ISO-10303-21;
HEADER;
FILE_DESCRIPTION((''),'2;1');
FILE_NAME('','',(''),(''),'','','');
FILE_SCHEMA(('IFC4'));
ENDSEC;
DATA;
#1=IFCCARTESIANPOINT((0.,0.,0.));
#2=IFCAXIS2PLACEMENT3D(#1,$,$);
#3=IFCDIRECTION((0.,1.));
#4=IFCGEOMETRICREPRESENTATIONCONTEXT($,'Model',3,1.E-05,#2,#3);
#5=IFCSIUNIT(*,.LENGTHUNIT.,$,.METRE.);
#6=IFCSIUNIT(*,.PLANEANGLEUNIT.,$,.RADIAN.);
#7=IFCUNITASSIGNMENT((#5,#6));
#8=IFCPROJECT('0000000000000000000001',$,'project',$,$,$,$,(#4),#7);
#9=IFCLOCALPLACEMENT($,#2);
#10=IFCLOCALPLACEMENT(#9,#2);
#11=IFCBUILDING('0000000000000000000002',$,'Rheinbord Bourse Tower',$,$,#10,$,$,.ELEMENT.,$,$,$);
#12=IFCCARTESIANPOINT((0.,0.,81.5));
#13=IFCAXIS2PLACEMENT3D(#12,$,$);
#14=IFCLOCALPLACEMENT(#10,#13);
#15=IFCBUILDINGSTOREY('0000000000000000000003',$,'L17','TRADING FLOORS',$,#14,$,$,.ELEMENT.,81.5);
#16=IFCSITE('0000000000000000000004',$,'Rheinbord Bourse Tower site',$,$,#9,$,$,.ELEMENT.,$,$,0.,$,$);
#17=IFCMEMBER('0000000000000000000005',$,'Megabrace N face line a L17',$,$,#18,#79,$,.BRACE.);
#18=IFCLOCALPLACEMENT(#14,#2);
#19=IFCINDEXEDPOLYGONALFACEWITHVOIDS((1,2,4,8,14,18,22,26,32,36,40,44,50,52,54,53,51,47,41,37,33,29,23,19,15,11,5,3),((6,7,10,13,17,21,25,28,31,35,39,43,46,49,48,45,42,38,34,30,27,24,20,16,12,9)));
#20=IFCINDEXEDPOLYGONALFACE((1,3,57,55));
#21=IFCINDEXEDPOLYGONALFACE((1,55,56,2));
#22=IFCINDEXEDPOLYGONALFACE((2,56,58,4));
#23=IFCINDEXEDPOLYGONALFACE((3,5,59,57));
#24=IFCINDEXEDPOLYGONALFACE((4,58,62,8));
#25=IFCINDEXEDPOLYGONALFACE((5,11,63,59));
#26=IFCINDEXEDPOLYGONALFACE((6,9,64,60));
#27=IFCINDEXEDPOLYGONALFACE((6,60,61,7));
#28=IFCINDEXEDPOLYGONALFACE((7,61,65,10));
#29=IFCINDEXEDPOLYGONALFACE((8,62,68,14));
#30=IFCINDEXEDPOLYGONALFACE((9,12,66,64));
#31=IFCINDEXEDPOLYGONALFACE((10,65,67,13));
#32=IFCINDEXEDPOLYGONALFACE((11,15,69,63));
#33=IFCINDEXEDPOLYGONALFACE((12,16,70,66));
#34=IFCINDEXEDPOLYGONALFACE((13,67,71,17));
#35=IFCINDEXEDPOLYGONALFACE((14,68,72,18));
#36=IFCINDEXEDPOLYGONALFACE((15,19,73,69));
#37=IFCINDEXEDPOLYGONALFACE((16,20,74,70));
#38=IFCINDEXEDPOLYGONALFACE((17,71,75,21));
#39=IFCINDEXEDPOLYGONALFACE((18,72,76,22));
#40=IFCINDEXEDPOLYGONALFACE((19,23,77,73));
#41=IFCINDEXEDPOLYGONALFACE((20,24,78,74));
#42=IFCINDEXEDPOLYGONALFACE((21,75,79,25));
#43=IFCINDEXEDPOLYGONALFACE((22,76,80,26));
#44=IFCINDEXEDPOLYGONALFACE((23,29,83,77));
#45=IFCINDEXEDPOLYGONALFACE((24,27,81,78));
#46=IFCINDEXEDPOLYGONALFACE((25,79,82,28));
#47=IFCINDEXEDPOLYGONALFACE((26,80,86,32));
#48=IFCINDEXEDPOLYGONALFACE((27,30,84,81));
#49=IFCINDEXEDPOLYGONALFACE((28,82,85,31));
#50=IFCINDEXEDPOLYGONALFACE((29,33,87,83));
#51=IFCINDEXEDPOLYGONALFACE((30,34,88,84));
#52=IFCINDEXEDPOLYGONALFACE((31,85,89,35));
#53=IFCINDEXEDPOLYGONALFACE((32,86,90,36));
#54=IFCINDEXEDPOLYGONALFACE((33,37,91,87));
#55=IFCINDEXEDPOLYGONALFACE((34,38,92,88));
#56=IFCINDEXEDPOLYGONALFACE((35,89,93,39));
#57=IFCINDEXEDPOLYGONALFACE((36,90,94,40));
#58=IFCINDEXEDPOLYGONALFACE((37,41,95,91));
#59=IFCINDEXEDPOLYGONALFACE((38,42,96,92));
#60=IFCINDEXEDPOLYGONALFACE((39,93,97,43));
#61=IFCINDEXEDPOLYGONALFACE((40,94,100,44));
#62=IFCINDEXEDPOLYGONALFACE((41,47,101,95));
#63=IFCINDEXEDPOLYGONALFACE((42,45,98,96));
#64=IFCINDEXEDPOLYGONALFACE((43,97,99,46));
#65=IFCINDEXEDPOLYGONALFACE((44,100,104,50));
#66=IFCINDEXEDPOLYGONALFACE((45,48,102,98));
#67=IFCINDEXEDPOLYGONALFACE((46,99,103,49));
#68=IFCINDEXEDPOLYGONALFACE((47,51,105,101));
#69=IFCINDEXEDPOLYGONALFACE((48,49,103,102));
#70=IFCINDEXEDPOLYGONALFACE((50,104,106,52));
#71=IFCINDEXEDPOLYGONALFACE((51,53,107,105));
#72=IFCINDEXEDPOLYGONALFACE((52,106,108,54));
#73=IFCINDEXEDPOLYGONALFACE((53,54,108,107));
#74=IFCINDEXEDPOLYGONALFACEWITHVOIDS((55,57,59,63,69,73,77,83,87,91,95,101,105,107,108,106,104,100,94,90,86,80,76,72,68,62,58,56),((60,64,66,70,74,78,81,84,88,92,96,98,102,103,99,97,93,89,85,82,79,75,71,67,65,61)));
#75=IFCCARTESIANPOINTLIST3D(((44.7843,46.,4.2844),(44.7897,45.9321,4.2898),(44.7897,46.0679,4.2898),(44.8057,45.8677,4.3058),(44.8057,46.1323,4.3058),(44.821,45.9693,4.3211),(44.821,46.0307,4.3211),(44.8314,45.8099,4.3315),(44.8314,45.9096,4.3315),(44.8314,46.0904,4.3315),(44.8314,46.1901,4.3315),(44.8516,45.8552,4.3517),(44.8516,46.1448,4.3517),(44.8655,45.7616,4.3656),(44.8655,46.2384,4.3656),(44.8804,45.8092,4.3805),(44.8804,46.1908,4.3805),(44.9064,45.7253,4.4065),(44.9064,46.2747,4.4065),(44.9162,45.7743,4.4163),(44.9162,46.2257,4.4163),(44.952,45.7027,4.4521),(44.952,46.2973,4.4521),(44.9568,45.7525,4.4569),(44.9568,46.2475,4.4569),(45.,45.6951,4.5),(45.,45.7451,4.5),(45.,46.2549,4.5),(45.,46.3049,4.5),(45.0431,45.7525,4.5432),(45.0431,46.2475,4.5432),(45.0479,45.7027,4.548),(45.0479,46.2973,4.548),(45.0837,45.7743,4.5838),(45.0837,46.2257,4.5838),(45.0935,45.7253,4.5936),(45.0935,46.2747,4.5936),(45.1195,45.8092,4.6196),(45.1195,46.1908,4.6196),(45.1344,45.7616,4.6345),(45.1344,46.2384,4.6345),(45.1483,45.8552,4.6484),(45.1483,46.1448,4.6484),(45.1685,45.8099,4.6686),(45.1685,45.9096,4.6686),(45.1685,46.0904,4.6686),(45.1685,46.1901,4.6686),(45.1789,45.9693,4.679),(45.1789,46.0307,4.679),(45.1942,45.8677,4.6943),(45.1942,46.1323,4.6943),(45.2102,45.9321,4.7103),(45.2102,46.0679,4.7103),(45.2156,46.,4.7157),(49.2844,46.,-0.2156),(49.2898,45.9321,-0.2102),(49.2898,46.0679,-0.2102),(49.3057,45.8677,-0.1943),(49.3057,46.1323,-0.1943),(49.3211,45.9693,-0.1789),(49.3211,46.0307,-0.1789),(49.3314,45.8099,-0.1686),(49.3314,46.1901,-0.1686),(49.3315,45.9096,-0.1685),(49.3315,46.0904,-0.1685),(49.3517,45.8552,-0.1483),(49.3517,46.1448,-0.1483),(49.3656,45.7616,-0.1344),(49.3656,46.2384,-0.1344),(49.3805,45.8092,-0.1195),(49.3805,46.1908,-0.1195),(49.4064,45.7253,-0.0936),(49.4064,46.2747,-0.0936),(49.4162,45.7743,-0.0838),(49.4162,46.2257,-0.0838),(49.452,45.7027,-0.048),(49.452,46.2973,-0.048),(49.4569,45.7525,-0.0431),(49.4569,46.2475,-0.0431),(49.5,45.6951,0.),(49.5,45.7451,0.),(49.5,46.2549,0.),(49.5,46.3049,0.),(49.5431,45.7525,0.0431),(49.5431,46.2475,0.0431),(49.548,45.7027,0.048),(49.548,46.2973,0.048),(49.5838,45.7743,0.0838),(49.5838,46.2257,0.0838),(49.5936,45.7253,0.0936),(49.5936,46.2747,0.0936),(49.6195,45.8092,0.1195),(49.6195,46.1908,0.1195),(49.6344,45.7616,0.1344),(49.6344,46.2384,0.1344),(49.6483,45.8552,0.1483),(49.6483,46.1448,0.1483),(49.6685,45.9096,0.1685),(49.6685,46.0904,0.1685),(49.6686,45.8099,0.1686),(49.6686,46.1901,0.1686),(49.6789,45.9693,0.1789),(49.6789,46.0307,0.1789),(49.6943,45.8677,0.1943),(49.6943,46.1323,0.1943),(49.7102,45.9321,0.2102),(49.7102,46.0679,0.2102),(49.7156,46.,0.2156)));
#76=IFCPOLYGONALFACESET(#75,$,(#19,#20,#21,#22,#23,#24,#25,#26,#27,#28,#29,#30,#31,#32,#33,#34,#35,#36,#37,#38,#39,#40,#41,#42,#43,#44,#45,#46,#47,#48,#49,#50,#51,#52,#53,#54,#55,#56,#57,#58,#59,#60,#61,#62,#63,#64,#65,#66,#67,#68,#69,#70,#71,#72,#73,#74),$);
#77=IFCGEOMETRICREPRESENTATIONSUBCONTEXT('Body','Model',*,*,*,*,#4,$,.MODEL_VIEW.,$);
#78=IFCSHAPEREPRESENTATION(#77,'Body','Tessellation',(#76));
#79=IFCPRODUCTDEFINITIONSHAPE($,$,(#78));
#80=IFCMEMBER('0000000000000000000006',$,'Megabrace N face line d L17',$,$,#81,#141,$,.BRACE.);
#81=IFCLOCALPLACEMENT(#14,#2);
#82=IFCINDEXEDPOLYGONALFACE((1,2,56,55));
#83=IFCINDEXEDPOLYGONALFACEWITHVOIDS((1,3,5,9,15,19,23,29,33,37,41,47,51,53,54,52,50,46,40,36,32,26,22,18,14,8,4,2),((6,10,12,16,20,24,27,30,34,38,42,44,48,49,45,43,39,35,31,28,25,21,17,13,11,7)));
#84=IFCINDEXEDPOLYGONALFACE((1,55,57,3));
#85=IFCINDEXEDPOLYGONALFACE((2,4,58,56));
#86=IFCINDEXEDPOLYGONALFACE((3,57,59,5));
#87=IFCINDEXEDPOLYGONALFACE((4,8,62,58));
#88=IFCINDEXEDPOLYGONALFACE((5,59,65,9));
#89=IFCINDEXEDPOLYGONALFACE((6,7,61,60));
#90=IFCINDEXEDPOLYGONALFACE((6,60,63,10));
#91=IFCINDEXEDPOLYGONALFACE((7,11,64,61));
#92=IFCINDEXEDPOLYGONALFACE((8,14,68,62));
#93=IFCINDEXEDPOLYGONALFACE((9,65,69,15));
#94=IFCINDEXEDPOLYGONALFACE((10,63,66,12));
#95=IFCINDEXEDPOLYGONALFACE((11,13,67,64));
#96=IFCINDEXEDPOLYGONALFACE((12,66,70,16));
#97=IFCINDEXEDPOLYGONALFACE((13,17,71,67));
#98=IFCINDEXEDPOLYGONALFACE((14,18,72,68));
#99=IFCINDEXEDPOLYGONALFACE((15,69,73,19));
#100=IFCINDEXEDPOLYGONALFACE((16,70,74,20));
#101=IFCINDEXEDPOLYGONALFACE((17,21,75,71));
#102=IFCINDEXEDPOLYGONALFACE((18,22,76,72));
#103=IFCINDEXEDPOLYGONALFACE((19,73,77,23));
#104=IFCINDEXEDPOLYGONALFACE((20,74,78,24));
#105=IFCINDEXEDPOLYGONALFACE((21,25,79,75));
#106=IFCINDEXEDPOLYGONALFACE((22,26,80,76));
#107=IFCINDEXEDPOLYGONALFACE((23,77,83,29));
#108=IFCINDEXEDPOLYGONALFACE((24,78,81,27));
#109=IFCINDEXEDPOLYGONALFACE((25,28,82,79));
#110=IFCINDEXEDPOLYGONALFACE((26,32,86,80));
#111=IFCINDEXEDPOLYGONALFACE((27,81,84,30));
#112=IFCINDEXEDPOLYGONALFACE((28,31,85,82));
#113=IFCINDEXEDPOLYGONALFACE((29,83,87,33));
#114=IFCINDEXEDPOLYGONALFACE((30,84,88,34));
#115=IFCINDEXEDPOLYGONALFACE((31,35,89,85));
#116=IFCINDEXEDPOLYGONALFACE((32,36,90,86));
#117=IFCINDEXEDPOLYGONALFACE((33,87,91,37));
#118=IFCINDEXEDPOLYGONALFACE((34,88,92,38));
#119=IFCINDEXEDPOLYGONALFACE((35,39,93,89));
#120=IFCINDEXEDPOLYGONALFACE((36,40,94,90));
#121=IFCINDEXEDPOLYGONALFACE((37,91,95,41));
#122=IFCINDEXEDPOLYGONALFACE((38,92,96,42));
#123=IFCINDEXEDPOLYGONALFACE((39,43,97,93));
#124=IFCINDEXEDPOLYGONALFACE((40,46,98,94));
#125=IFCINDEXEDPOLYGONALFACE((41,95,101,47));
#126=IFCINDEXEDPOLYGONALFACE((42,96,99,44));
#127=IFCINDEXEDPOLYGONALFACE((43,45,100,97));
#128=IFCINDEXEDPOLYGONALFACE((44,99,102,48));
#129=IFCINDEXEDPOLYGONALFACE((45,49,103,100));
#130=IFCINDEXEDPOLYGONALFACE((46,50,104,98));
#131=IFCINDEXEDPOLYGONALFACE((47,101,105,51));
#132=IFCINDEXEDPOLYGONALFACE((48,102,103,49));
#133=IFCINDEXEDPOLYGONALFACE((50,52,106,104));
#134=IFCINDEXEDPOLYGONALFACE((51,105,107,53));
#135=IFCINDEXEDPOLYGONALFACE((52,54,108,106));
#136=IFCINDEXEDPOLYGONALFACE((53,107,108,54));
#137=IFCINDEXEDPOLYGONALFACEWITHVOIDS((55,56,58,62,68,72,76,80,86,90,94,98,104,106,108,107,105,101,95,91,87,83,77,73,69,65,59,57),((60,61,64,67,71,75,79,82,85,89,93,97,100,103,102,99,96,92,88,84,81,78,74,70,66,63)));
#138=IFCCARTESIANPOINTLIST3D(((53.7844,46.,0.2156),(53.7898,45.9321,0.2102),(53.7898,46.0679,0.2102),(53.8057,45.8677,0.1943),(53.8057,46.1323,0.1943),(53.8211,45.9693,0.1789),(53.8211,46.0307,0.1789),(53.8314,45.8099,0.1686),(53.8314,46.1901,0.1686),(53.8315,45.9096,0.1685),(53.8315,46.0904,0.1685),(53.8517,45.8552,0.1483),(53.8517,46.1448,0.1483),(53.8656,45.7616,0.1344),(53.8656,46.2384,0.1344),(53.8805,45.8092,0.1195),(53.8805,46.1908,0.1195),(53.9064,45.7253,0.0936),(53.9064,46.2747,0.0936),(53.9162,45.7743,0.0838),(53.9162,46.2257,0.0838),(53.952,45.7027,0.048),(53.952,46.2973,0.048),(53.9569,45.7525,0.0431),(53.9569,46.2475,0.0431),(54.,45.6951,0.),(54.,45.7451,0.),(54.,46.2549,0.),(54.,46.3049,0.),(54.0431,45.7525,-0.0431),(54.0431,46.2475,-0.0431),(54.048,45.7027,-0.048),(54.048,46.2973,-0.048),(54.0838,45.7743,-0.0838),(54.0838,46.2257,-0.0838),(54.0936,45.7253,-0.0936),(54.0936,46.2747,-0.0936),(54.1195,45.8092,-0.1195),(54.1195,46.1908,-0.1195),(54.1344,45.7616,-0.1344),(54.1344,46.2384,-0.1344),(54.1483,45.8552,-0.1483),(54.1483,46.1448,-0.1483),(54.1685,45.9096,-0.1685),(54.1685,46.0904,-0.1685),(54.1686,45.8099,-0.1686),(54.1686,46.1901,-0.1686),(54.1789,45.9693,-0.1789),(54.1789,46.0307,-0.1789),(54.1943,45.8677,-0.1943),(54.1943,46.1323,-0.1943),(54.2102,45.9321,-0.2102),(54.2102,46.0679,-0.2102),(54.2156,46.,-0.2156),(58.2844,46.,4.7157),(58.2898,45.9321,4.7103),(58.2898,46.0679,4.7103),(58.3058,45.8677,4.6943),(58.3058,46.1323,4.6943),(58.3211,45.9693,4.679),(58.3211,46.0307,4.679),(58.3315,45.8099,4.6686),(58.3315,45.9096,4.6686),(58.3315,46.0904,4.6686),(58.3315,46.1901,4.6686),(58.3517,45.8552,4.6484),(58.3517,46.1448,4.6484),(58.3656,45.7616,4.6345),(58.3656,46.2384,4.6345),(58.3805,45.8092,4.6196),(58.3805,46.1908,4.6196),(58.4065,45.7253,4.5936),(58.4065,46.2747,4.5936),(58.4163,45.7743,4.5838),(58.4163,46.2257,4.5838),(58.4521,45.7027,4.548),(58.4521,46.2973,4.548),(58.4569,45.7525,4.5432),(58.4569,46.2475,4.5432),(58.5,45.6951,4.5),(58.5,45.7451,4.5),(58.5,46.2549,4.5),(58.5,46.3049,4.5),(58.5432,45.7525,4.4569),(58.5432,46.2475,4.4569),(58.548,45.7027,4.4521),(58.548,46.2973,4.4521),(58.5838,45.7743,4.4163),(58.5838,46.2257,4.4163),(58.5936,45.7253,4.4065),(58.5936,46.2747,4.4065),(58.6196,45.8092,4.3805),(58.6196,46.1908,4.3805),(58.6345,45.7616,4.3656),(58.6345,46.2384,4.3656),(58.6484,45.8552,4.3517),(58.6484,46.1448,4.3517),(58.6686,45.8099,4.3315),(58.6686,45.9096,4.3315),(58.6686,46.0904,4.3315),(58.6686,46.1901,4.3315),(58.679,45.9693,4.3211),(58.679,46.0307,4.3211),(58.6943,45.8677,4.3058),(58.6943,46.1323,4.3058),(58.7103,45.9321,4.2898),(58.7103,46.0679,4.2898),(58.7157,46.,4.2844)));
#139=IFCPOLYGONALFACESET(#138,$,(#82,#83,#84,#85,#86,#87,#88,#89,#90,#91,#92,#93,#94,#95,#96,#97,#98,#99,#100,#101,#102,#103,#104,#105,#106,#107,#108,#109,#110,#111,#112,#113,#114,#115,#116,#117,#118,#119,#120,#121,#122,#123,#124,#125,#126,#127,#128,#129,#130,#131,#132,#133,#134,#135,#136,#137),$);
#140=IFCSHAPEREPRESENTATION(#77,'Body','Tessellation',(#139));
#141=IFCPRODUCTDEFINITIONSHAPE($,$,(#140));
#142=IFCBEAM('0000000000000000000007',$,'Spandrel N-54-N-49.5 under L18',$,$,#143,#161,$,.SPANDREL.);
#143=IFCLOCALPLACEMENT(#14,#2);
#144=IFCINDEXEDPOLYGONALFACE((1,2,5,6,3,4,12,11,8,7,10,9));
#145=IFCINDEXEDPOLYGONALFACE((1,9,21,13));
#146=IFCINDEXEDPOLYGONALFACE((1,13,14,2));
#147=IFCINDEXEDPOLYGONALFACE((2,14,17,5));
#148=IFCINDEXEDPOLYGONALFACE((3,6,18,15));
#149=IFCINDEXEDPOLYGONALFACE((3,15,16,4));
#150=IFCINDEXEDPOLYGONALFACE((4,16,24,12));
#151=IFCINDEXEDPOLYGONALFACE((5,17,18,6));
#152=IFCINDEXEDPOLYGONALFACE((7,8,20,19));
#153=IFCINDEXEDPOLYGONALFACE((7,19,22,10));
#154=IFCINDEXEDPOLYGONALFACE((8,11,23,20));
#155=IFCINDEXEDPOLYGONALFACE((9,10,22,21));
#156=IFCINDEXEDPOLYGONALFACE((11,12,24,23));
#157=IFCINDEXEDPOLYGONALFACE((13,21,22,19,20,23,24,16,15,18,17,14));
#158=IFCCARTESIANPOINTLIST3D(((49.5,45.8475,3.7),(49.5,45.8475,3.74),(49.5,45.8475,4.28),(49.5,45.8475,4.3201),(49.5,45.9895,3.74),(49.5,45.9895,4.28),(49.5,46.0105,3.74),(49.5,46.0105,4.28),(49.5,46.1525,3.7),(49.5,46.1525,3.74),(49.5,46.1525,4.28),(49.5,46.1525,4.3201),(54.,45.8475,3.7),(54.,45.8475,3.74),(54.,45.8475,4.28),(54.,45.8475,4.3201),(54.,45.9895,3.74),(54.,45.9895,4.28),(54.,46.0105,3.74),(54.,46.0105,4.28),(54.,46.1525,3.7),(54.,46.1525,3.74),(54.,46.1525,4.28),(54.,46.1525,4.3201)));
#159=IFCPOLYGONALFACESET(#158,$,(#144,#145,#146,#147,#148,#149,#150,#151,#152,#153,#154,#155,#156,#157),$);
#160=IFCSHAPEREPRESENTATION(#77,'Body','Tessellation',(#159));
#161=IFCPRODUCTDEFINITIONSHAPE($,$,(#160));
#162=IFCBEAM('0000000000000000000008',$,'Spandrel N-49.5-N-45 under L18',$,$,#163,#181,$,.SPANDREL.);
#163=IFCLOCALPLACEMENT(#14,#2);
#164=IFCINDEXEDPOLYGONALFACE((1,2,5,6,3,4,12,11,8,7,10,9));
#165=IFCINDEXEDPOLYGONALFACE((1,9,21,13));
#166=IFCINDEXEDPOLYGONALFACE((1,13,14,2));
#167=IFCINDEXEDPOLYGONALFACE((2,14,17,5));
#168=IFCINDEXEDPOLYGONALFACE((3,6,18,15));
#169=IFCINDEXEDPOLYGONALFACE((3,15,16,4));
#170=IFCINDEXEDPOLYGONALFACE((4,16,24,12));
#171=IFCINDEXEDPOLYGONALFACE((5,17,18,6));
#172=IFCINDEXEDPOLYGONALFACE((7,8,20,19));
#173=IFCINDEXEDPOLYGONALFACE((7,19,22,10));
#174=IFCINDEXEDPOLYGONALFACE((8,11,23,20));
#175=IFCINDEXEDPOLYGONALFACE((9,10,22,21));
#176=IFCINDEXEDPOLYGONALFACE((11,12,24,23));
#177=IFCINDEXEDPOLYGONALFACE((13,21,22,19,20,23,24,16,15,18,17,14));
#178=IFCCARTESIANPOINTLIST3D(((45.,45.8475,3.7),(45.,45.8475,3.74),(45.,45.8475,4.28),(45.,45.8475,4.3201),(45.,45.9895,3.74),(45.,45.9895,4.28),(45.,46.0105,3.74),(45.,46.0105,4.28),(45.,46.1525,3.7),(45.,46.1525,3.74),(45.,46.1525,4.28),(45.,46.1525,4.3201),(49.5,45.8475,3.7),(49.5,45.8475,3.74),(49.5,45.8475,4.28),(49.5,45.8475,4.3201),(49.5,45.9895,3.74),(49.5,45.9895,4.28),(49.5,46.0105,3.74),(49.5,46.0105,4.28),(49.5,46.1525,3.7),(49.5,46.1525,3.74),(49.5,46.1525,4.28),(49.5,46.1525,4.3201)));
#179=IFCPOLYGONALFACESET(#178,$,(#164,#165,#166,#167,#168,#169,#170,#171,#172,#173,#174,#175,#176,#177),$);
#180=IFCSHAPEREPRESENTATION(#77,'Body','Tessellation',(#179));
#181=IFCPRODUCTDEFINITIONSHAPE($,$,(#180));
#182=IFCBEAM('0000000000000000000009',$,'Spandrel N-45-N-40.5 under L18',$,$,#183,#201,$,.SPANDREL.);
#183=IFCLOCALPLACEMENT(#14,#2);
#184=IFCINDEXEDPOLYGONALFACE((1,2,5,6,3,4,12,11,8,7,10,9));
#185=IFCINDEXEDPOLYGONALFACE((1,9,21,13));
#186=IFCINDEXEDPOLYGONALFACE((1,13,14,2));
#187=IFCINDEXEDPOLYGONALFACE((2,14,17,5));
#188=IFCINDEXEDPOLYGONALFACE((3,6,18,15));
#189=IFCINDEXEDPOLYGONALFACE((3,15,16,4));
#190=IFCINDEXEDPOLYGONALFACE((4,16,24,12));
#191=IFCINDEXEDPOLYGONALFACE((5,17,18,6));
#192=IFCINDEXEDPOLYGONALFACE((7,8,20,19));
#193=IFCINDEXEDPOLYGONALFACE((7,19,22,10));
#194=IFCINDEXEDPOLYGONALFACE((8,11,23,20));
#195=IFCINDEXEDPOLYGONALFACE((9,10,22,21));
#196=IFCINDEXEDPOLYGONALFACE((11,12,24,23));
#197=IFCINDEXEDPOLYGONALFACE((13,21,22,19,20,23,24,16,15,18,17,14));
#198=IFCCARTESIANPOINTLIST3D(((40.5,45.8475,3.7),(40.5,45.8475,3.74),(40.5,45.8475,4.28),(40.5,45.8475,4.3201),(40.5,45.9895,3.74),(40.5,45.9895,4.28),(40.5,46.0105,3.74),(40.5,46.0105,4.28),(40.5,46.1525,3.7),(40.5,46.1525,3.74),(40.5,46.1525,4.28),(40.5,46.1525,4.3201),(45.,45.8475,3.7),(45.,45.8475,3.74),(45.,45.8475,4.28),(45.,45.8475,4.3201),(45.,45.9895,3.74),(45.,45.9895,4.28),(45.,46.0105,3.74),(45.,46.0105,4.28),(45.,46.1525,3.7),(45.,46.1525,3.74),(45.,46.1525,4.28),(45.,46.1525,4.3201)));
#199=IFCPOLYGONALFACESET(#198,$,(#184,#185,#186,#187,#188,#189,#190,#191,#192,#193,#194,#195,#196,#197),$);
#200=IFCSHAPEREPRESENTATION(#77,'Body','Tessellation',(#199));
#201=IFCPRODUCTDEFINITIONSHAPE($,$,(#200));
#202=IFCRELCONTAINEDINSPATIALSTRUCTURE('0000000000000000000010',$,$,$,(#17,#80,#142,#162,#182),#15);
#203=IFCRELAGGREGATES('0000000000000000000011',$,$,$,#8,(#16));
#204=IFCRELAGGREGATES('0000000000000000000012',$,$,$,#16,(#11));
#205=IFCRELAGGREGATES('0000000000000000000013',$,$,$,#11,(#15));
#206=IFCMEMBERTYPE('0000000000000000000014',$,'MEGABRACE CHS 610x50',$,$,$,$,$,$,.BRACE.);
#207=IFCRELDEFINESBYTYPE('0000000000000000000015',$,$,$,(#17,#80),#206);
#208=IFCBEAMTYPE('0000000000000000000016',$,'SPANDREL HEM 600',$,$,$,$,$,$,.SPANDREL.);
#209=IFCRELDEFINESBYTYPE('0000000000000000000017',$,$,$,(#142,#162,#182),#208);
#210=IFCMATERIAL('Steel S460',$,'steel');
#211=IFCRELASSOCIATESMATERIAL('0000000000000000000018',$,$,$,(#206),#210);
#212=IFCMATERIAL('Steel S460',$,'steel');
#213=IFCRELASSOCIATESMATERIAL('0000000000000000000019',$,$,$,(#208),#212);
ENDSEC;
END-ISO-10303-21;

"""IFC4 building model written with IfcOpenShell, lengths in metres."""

from ifc_helpers import new_model, si_unit, direction, frame, origin, origin_2d, place, context, subcontext, project, spatial, hollow_circle, i_section, extrude, material, material_profile, profile_set, type_object, element, save


model = new_model("IFC4")

# Units and contexts
model_context = context("Model", 3, precision=1e-05, world=origin(), true_north=direction((0.0, 1.0)))
body_context = subcontext(model_context, "Body", "Model", "MODEL_VIEW")
ifc_project = project(units=[si_unit("LENGTHUNIT", "METRE"), si_unit("PLANEANGLEUNIT", "RADIAN")], contexts=[model_context])

# Site, building, storey
site_placement = place(None, origin())
site = spatial("IfcSite", under=ifc_project, at=site_placement, Name="Rheinbord Bourse Tower site", CompositionType="ELEMENT", RefElevation=0.0)
building_placement = place(site_placement, origin())
building = spatial("IfcBuilding", under=site, at=building_placement, Name="Rheinbord Bourse Tower", CompositionType="ELEMENT")
storey_placement = place(building_placement, frame((0.0, 0.0, 81.5)))
storey = spatial("IfcBuildingStorey", under=building, at=storey_placement, Name="L17", Description="TRADING FLOORS", CompositionType="ELEMENT", Elevation=81.5)

# Members
ifc_material_1 = material(Name="Steel S460", Category="steel")
ifc_material_profile_1 = material_profile(ifc_material_1, hollow_circle(Radius=0.3049, WallThickness=0.05, at=origin_2d()), Name="CHS 610x50")
ifc_profile_set_1 = profile_set([ifc_material_profile_1], Name="Steel S460")
member_type_1 = type_object("IfcMemberType", Name="MEGABRACE CHS 610x50", PredefinedType="BRACE", material=ifc_profile_set_1)
for number, where, z_axis, x_axis, name in (
    (1, (49.5, 46.0, 0.0), (-0.707107, 0.0, 0.707107), (0.0, -1.0, 0.0), "Megabrace N face line a L17"),
    (2, (54.0, 46.0, 0.0), (0.707107, 0.0, 0.707107), (0.0, 1.0, 0.0), "Megabrace N face line d L17"),
):
    element("IfcMember", number, at=place(storey_placement, frame(where, z_axis=z_axis, x_axis=x_axis)), inside=storey, type_object=member_type_1, Name=name, PredefinedType="BRACE", context=body_context, shape_type="SweptSolid", body=[
        extrude(hollow_circle(Radius=0.3049, WallThickness=0.05, at=origin_2d()), origin(), (0.0, 0.0, 1.0), 6.364),
    ])

# Beams
ifc_material_2 = material(Name="Steel S460", Category="steel")
ifc_material_profile_2 = material_profile(ifc_material_2, i_section(OverallWidth=0.3049, OverallDepth=0.6201, WebThickness=0.021, FlangeThickness=0.04, at=origin_2d()), Name="HEM 600")
ifc_profile_set_2 = profile_set([ifc_material_profile_2], Name="Steel S460")
beam_type_1 = type_object("IfcBeamType", Name="SPANDREL HEM 600", PredefinedType="SPANDREL", material=ifc_profile_set_2)
for number, where, z_axis, x_axis, name in (
    (3, (54.0, 46.0, 4.01), (-1.0, 0.0, 0.0), (0.0, -1.0, 0.0), "Spandrel N-54-N-49.5 under L18"),
    (4, (49.5, 46.0, 4.01), (-1.0, 0.0, 0.0), (0.0, -1.0, 0.0), "Spandrel N-49.5-N-45 under L18"),
    (5, (45.0, 46.0, 4.01), (-1.0, 0.0, 0.0), (0.0, -1.0, 0.0), "Spandrel N-45-N-40.5 under L18"),
):
    element("IfcBeam", number, at=place(storey_placement, frame(where, z_axis=z_axis, x_axis=x_axis)), inside=storey, type_object=beam_type_1, Name=name, PredefinedType="SPANDREL", context=body_context, shape_type="SweptSolid", body=[
        extrude(i_section(OverallWidth=0.3049, OverallDepth=0.6201, WebThickness=0.021, FlangeThickness=0.04, at=origin_2d()), origin(), (0.0, 0.0, 1.0), 4.5),
    ])

save(model, "model.ifc")
